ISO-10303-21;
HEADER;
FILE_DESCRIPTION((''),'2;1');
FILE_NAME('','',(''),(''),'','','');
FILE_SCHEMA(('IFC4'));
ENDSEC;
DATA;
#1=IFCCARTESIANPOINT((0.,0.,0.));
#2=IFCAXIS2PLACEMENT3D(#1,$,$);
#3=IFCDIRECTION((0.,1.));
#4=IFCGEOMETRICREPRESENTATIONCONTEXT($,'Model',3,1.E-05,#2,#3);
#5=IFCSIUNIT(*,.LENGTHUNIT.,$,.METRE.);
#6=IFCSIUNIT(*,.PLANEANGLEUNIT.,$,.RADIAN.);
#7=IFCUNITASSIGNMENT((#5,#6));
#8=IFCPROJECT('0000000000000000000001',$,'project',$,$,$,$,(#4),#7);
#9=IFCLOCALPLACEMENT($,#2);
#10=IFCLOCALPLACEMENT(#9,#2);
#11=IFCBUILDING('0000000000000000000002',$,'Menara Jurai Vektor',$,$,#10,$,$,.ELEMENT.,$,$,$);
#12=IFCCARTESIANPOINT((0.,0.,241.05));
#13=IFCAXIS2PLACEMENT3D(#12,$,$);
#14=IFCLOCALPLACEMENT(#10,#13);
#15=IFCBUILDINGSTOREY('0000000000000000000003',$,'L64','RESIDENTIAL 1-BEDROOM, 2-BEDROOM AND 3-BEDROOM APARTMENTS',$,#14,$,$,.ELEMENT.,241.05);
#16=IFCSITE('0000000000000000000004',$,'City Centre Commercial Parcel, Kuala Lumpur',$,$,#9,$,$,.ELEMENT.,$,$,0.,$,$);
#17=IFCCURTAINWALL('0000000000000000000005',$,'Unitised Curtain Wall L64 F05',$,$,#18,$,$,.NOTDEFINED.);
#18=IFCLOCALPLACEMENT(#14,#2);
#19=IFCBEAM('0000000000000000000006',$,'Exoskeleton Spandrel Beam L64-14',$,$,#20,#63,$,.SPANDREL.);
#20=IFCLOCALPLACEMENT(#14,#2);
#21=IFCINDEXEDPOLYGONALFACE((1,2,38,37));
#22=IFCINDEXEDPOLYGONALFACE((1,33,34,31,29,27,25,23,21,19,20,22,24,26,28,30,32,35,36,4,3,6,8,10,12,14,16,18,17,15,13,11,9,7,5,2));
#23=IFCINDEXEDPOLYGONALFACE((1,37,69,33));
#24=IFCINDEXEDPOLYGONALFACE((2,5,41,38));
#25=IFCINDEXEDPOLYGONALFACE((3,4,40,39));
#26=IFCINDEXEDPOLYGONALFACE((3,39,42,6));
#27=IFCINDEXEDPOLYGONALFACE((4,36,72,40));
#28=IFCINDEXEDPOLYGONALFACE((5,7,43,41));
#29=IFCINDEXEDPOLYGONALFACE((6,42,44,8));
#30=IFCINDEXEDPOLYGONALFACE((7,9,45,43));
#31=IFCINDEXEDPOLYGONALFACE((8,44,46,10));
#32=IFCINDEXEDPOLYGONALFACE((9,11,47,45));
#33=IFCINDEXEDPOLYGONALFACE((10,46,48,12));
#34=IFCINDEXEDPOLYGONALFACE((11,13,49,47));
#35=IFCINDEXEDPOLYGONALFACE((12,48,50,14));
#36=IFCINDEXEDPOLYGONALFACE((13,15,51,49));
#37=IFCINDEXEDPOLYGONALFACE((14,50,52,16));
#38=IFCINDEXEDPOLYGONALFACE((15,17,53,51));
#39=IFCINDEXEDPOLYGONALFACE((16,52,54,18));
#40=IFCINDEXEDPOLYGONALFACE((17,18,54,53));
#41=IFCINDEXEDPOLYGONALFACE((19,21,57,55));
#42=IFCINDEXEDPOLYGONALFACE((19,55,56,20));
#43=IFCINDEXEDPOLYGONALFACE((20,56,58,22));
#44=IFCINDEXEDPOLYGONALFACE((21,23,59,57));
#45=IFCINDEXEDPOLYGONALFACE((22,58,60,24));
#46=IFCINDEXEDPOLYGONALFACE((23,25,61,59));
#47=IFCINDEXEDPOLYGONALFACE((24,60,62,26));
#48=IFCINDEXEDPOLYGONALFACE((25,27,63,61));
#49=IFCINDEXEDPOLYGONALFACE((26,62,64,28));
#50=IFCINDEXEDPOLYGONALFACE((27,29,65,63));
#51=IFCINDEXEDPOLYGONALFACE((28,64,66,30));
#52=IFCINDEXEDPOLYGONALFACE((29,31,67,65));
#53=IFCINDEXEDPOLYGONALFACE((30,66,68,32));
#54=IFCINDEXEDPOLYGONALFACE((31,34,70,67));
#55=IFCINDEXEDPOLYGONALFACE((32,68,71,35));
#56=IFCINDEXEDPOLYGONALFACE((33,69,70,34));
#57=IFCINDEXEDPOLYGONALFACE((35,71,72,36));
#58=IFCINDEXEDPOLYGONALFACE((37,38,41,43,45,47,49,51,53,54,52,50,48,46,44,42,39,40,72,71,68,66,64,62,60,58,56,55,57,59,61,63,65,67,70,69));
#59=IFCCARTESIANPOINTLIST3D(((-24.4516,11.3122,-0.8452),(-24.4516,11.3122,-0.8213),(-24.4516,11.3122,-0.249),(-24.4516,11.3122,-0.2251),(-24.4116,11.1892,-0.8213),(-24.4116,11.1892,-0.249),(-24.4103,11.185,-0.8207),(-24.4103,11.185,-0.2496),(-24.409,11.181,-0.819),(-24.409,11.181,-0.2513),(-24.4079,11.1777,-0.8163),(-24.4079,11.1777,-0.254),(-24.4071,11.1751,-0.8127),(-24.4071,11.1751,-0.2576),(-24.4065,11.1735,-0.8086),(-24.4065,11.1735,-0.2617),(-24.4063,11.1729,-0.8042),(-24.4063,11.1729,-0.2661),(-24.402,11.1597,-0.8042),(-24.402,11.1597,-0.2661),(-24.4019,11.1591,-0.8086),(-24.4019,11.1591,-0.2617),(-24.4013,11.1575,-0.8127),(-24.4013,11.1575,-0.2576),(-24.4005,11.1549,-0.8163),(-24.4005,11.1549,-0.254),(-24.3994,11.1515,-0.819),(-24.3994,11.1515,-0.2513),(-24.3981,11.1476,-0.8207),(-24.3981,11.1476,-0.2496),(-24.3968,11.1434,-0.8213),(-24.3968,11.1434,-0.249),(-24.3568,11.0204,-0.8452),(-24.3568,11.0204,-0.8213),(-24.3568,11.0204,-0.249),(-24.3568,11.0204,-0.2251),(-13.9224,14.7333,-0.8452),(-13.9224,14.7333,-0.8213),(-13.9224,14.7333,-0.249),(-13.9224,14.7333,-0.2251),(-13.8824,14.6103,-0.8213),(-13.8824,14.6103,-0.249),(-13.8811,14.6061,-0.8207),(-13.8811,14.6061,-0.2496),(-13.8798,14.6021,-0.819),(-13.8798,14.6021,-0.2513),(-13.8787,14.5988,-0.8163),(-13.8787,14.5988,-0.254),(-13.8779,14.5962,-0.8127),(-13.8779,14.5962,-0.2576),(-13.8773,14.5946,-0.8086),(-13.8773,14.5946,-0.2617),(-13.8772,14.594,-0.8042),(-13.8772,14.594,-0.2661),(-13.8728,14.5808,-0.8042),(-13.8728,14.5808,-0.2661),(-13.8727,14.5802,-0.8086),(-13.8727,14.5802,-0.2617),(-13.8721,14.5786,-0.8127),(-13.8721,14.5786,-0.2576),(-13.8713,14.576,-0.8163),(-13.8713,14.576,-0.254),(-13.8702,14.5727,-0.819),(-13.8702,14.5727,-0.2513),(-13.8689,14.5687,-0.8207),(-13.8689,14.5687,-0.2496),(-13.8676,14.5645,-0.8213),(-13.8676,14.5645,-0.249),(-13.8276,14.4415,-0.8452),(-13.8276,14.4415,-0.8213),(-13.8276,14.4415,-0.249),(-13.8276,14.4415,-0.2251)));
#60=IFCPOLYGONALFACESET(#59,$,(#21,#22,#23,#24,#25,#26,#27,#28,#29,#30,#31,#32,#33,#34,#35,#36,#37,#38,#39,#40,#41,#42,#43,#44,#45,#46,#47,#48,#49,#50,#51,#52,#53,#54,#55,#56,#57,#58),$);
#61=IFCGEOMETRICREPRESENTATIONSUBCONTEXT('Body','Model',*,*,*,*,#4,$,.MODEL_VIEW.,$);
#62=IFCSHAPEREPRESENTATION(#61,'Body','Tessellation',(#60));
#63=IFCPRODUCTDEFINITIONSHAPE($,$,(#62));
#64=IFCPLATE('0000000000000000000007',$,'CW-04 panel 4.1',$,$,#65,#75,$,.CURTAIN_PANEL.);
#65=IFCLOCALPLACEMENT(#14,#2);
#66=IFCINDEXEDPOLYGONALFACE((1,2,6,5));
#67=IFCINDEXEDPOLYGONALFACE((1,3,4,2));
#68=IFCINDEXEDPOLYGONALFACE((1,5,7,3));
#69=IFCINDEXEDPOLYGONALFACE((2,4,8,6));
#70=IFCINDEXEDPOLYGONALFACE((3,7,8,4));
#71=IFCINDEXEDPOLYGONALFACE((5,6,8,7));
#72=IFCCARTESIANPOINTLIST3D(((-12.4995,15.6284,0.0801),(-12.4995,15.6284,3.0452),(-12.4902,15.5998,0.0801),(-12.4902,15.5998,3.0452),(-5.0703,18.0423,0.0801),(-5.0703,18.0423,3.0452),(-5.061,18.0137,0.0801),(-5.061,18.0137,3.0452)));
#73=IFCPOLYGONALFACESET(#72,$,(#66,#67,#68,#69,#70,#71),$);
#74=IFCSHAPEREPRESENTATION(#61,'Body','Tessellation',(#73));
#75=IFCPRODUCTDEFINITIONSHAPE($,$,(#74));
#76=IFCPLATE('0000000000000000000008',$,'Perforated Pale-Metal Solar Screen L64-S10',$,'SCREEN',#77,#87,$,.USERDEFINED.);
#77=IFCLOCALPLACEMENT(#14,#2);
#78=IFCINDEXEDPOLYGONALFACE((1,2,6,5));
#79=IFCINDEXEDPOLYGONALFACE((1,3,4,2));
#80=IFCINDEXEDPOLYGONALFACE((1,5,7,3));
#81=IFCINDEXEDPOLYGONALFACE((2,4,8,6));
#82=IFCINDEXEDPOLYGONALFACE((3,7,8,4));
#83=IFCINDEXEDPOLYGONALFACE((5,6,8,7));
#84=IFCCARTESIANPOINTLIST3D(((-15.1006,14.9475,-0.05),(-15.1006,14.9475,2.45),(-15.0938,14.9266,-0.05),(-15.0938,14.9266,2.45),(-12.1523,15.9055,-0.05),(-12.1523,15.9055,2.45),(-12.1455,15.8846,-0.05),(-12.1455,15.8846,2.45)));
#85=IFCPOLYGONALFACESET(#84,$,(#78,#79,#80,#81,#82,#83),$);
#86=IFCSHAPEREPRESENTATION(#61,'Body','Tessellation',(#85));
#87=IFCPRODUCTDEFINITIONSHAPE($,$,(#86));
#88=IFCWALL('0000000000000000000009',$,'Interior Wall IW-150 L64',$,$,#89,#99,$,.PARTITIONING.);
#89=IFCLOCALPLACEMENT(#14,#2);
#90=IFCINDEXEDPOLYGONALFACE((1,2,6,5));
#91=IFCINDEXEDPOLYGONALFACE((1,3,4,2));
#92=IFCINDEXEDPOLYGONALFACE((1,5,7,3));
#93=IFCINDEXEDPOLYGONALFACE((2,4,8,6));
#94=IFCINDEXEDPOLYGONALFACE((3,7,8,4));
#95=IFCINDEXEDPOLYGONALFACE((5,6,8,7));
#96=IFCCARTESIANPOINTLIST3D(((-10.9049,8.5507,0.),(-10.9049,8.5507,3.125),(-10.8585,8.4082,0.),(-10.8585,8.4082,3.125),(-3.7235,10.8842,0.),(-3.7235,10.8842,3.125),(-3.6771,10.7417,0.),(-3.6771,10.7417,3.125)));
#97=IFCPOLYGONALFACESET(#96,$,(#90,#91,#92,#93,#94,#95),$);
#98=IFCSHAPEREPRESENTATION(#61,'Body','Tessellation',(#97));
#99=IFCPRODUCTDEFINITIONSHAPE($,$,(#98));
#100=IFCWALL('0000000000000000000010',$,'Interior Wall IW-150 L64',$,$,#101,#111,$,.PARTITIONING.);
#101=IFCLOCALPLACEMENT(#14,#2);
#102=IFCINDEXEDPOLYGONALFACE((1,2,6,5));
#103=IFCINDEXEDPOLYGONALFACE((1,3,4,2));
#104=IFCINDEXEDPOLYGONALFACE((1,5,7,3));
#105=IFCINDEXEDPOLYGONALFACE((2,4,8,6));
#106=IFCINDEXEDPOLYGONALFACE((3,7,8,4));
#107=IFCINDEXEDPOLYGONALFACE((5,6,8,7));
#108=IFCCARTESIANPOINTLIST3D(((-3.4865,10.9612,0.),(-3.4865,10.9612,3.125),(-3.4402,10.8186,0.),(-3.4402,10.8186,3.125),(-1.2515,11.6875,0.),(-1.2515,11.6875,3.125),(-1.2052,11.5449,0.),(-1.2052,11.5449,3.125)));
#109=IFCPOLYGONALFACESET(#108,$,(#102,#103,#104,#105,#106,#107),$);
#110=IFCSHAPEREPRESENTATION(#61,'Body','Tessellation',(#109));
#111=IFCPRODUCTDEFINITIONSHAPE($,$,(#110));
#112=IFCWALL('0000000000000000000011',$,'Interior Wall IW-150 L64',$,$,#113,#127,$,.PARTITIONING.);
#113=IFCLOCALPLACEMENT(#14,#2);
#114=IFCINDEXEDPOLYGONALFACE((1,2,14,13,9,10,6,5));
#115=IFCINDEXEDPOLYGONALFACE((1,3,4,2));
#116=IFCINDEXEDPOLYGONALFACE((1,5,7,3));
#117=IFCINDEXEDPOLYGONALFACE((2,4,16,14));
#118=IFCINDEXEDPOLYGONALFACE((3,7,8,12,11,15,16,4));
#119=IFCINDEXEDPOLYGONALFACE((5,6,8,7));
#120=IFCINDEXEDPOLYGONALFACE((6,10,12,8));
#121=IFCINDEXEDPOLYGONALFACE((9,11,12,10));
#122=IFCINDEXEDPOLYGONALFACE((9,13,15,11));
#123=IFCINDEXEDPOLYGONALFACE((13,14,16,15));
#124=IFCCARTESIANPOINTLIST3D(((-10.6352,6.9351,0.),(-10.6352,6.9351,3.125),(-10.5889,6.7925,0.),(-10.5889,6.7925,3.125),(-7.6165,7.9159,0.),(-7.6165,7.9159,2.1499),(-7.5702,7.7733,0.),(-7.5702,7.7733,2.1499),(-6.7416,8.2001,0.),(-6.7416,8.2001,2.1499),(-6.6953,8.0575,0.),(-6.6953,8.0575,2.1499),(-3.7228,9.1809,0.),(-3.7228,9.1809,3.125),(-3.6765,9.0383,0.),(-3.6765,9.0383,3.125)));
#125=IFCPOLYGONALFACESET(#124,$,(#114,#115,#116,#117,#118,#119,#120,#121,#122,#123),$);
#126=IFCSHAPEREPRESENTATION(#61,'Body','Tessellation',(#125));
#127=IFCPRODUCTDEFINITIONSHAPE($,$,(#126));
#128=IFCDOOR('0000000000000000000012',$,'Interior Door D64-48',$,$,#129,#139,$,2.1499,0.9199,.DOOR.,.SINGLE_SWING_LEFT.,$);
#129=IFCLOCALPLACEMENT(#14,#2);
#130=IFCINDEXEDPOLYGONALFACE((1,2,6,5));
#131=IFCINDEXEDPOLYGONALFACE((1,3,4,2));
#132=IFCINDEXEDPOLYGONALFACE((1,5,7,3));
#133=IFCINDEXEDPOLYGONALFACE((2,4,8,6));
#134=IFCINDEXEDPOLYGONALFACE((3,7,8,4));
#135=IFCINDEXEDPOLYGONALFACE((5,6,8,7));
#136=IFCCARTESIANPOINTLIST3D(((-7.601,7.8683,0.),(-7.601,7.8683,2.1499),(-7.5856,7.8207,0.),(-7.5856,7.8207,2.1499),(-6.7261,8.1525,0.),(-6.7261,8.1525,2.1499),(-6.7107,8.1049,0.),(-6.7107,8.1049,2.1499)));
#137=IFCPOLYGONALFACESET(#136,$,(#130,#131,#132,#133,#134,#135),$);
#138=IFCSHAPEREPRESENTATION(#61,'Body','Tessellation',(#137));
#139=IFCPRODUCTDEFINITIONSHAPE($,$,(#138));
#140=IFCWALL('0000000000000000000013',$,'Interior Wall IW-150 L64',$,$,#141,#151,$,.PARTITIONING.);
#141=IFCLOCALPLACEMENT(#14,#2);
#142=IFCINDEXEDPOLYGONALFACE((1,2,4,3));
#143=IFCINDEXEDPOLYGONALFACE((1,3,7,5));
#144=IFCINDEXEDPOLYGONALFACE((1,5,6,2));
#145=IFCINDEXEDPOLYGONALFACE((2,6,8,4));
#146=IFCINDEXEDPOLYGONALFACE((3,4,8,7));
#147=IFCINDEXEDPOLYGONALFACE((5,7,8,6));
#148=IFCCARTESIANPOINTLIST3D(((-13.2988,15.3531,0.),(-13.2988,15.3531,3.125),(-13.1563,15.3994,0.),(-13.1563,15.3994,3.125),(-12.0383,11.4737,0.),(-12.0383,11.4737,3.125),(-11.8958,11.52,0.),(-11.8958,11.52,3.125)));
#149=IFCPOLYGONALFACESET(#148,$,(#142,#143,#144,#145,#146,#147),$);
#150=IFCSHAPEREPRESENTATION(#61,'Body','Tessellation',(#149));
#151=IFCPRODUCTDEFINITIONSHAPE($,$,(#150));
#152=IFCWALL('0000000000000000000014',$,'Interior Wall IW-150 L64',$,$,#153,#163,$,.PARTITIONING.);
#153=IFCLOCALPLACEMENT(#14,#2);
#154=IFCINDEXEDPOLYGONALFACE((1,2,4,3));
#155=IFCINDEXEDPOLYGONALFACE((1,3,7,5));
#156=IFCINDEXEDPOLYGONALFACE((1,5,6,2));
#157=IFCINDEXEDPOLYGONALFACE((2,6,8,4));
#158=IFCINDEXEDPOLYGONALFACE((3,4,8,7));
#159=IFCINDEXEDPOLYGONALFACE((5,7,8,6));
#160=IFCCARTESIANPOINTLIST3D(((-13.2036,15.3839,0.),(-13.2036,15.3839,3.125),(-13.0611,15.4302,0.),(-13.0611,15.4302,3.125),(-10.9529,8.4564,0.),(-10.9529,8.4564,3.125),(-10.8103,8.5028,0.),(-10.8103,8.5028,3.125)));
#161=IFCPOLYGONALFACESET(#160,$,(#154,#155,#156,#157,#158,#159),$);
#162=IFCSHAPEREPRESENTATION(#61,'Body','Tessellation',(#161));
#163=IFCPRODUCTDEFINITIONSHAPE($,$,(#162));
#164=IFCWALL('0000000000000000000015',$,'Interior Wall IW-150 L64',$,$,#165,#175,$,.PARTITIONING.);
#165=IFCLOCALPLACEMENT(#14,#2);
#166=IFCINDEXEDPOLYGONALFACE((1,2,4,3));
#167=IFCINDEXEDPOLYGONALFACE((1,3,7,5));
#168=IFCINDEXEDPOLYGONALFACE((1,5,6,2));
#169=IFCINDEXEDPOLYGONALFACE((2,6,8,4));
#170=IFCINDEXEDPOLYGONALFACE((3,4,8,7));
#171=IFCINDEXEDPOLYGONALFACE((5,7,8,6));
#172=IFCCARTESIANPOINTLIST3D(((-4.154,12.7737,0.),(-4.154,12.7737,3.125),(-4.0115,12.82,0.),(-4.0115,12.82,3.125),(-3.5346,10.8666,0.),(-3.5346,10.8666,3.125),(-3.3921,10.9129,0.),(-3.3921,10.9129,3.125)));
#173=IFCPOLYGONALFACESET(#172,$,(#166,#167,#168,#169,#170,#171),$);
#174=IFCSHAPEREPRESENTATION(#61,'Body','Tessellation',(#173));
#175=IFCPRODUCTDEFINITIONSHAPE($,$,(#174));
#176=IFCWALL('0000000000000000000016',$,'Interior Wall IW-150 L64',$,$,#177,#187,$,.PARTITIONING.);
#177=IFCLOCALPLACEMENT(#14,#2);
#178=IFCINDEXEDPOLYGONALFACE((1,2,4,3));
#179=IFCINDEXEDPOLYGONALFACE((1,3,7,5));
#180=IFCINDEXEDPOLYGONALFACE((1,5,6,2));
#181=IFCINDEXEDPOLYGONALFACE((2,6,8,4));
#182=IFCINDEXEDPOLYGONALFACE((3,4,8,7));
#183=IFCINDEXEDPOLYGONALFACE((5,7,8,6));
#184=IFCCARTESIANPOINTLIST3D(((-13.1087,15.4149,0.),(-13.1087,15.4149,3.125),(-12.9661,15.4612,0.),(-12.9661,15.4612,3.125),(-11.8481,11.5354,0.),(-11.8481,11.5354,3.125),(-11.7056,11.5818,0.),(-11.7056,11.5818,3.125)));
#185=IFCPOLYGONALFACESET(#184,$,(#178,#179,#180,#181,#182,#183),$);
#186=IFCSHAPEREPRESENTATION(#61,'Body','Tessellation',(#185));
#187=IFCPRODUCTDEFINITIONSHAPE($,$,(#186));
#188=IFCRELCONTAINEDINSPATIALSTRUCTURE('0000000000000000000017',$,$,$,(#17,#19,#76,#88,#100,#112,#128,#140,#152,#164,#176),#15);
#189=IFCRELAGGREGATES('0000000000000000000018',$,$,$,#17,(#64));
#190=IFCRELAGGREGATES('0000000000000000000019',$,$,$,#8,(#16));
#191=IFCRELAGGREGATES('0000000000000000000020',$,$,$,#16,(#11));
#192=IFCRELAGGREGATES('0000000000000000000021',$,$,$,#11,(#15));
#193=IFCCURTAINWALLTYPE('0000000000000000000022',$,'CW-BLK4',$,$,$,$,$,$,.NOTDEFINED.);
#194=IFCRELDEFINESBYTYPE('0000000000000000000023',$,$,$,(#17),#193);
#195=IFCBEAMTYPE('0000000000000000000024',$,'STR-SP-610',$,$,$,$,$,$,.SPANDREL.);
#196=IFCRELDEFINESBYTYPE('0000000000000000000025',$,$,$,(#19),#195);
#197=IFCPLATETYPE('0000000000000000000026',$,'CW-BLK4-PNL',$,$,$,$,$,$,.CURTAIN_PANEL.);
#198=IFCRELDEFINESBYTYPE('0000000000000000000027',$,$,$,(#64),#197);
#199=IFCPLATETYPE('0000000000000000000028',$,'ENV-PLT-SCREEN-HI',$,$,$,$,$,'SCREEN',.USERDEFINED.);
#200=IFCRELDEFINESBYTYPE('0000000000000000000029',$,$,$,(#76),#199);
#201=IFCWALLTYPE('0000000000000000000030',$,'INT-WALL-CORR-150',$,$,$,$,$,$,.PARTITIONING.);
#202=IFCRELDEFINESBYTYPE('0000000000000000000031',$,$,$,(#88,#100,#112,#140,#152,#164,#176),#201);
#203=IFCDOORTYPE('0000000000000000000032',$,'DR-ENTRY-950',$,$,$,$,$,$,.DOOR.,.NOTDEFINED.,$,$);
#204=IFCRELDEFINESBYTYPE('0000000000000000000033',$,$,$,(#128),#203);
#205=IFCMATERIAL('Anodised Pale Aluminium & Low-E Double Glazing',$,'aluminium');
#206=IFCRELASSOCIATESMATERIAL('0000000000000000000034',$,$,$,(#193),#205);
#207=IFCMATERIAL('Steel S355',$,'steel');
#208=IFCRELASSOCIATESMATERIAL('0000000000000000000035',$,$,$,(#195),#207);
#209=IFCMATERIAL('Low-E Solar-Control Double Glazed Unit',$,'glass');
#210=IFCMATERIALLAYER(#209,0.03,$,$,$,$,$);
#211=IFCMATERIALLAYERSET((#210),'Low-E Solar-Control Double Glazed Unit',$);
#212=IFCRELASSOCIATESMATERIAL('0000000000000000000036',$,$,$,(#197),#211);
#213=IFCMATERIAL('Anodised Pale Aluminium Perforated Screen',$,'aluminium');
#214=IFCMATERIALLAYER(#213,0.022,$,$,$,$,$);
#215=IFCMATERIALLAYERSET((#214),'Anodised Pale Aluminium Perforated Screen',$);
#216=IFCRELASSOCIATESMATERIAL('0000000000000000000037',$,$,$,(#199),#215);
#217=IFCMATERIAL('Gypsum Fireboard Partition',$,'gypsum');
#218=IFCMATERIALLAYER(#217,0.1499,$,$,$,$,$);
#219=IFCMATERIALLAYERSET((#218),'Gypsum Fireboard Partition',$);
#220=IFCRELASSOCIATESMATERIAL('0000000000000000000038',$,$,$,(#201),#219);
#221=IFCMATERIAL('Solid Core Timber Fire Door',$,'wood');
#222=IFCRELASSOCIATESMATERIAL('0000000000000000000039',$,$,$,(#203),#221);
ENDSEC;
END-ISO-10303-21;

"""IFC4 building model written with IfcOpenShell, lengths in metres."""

from ifc_helpers import new_model, si_unit, direction, frame, frame_2d, origin, origin_2d, place, context, subcontext, project, spatial, rectangle, i_section, extrude, material, layer, layer_set, material_profile, profile_set, type_object, element, fill, aggregate, save


model = new_model("IFC4")

# Units and contexts
model_context = context("Model", 3, precision=1e-05, world=origin(), true_north=direction((0.0, 1.0)))
body_context = subcontext(model_context, "Body", "Model", "MODEL_VIEW")
ifc_project = project(units=[si_unit("LENGTHUNIT", "METRE"), si_unit("PLANEANGLEUNIT", "RADIAN")], contexts=[model_context])

# Site, building, storey
site_placement = place(None, origin())
site = spatial("IfcSite", under=ifc_project, at=site_placement, Name="City Centre Commercial Parcel, Kuala Lumpur", CompositionType="ELEMENT", RefElevation=0.0)
building_placement = place(site_placement, origin())
building = spatial("IfcBuilding", under=site, at=building_placement, Name="Menara Jurai Vektor", CompositionType="ELEMENT")
storey_placement = place(building_placement, frame((0.0, 0.0, 241.05)))
storey = spatial("IfcBuildingStorey", under=building, at=storey_placement, Name="L64", Description="RESIDENTIAL 1-BEDROOM, 2-BEDROOM AND 3-BEDROOM APARTMENTS", CompositionType="ELEMENT", Elevation=241.05)

# Curtain wall
ifc_material_1 = material(Name="Anodised Pale Aluminium & Low-E Double Glazing", Category="aluminium")
curtain_wall_type = type_object("IfcCurtainWallType", Name="CW-BLK4", PredefinedType="NOTDEFINED", material=ifc_material_1)
curtain_wall_placement = place(storey_placement, origin())
curtain_wall = element("IfcCurtainWall", 1, at=curtain_wall_placement, inside=storey, type_object=curtain_wall_type, Name="Unitised Curtain Wall L64 F05", PredefinedType="NOTDEFINED")

# Beam
ifc_material_2 = material(Name="Steel S355", Category="steel")
ifc_material_profile_1 = material_profile(ifc_material_2, i_section(OverallWidth=0.3069, OverallDepth=0.6201, WebThickness=0.0139, FlangeThickness=0.0239, FilletRadius=0.0171, at=origin_2d()), Name="UKB 610x305x179")
ifc_profile_set_1 = profile_set([ifc_material_profile_1], Name="Steel S355")
beam_type_1 = type_object("IfcBeamType", Name="STR-SP-610", PredefinedType="SPANDREL", material=ifc_profile_set_1)
for number, where, z_axis, x_axis, name in (
    (2, (-13.875, 14.5874, -0.5352), (-0.951057, -0.309014, 0.0), (0.309014, -0.951057, 0.0), "Exoskeleton Spandrel Beam L64-14"),
):
    element("IfcBeam", number, at=place(storey_placement, frame(where, z_axis=z_axis, x_axis=x_axis)), inside=storey, type_object=beam_type_1, Name=name, PredefinedType="SPANDREL", context=body_context, shape_type="SweptSolid", body=[
        extrude(i_section(OverallWidth=0.3069, OverallDepth=0.6201, WebThickness=0.0139, FlangeThickness=0.0239, FilletRadius=0.0171, at=origin_2d()), origin(), (0.0, 0.0, 1.0), 11.071),
    ])

# Plates
ifc_material_3 = material(Name="Low-E Solar-Control Double Glazed Unit", Category="glass")
ifc_layer_1 = layer(ifc_material_3, 0.03)
ifc_layer_set_1 = layer_set([ifc_layer_1], Name="Low-E Solar-Control Double Glazed Unit")
plate_type_1 = type_object("IfcPlateType", Name="CW-BLK4-PNL", PredefinedType="CURTAIN_PANEL", material=ifc_layer_set_1)
plate_1_placement = place(storey_placement, frame((-8.7803, 16.821, 0.0801), z_axis=(0.0, 0.0, 1.0), x_axis=(-0.951056, -0.309017, 0.0)))
plate_1 = element("IfcPlate", 3, at=plate_1_placement, type_object=plate_type_1, Name="CW-04 panel 4.1", PredefinedType="CURTAIN_PANEL", context=body_context, shape_type="SweptSolid", body=[
    extrude(rectangle(XDim=7.8115, YDim=0.03, at=origin_2d()), origin(), (0.0, 0.0, 1.0), 2.9651),
])
aggregate(curtain_wall, [plate_1])
ifc_material_4 = material(Name="Anodised Pale Aluminium Perforated Screen", Category="aluminium")
ifc_layer_2 = layer(ifc_material_4, 0.022)
ifc_layer_set_2 = layer_set([ifc_layer_2], Name="Anodised Pale Aluminium Perforated Screen")
plate_type_2 = type_object("IfcPlateType", Name="ENV-PLT-SCREEN-HI", ElementType="SCREEN", PredefinedType="USERDEFINED", material=ifc_layer_set_2)
plate_2_placement = place(storey_placement, frame((-13.623, 15.416, -0.05), z_axis=(0.0, 0.0, 1.0), x_axis=(-0.951057, -0.309017, 0.0)))
element("IfcPlate", 4, at=plate_2_placement, inside=storey, type_object=plate_type_2, Name="Perforated Pale-Metal Solar Screen L64-S10", ObjectType="SCREEN", PredefinedType="USERDEFINED", context=body_context, shape_type="SweptSolid", body=[
    extrude(rectangle(XDim=3.1001, YDim=0.022, at=origin_2d()), origin(), (0.0, 0.0, 1.0), 2.5),
])

# Walls
ifc_material_5 = material(Name="Gypsum Fireboard Partition", Category="gypsum")
ifc_layer_3 = layer(ifc_material_5, 0.1499)
ifc_layer_set_3 = layer_set([ifc_layer_3], Name="Gypsum Fireboard Partition")
wall_type_1 = type_object("IfcWallType", Name="INT-WALL-CORR-150", PredefinedType="PARTITIONING", material=ifc_layer_set_3)
wall_1_placement = place(storey_placement, frame((-10.8816, 8.4795, 0.0), z_axis=(0.0, 0.0, 1.0), x_axis=(0.951052, 0.309031, 0.0)))
element("IfcWall", 5, at=wall_1_placement, inside=storey, type_object=wall_type_1, Name="Interior Wall IW-150 L64", PredefinedType="PARTITIONING", context=body_context, shape_type="SweptSolid", body=[
    extrude(rectangle(XDim=7.551, YDim=0.1499, at=frame_2d((3.7754, 0.0))), origin(), (0.0, 0.0, 1.0), 3.125),
])
wall_2_placement = place(storey_placement, frame((-3.4634, 10.8899, 0.0), z_axis=(0.0, 0.0, 1.0), x_axis=(0.951046, 0.309051, 0.0)))
element("IfcWall", 6, at=wall_2_placement, inside=storey, type_object=wall_type_1, Name="Interior Wall IW-150 L64", PredefinedType="PARTITIONING", context=body_context, shape_type="SweptSolid", body=[
    extrude(rectangle(XDim=2.3501, YDim=0.1499, at=frame_2d((1.175, 0.0))), origin(), (0.0, 0.0, 1.0), 3.125),
])

# Wall, opening, door
wall_3_placement = place(storey_placement, frame((-10.6121, 6.8638, 0.0), z_axis=(0.0, 0.0, 1.0), x_axis=(0.951061, 0.309003, 0.0)))
wall_3 = element("IfcWall", 7, at=wall_3_placement, inside=storey, type_object=wall_type_1, Name="Interior Wall IW-150 L64", PredefinedType="PARTITIONING", context=body_context, shape_type="SweptSolid", body=[
    extrude(rectangle(XDim=7.2681, YDim=0.1499, at=frame_2d((3.634, 0.0))), origin(), (0.0, 0.0, 1.0), 3.125),
])
opening_1_placement = place(wall_3_placement, frame((3.1741, 0.0, 0.0)))
opening_1 = element("IfcOpeningElement", 8, at=opening_1_placement, cuts=wall_3, PredefinedType="OPENING", context=body_context, shape_type="SweptSolid", body=[
    extrude(rectangle(XDim=0.9199, YDim=2.1499, at=frame_2d((0.46, 1.075))), frame((0.0, 0.085, 0.0), z_axis=(0.0, -1.0, 0.0), x_axis=(1.0, 0.0, 0.0)), (0.0, 0.0, 1.0), 0.1699),
])
ifc_material_6 = material(Name="Solid Core Timber Fire Door", Category="wood")
door_type_1 = type_object("IfcDoorType", Name="DR-ENTRY-950", OperationType="NOTDEFINED", PredefinedType="DOOR", material=ifc_material_6)
door_1_placement = place(opening_1_placement, origin())
door_1 = element("IfcDoor", 9, at=door_1_placement, inside=storey, type_object=door_type_1, Name="Interior Door D64-48", OperationType="SINGLE_SWING_LEFT", OverallHeight=2.1499, OverallWidth=0.9199, PredefinedType="DOOR", context=body_context, shape_type="SweptSolid", body=[
    extrude(rectangle(XDim=0.9199, YDim=2.1499, at=frame_2d((0.46, 1.075))), frame((0.0, 0.0249, 0.0), z_axis=(0.0, -1.0, 0.0), x_axis=(1.0, 0.0, 0.0)), (0.0, 0.0, 1.0), 0.05),
])
fill(opening_1, door_1)

# Walls
wall_4_placement = place(storey_placement, frame((-11.967, 11.4968, 0.0), z_axis=(0.0, 0.0, 1.0), x_axis=(-0.309018, 0.951056, 0.0)))
element("IfcWall", 10, at=wall_4_placement, inside=storey, type_object=wall_type_1, Name="Interior Wall IW-150 L64", PredefinedType="PARTITIONING", context=body_context, shape_type="SweptSolid", body=[
    extrude(rectangle(XDim=4.0791, YDim=0.1499, at=frame_2d((2.0396, 0.0))), origin(), (0.0, 0.0, 1.0), 3.125),
])
wall_5_placement = place(storey_placement, frame((-10.8816, 8.4795, 0.0), z_axis=(0.0, 0.0, 1.0), x_axis=(-0.308999, 0.951062, 0.0)))
element("IfcWall", 11, at=wall_5_placement, inside=storey, type_object=wall_type_1, Name="Interior Wall IW-150 L64", PredefinedType="PARTITIONING", context=body_context, shape_type="SweptSolid", body=[
    extrude(rectangle(XDim=7.2839, YDim=0.1499, at=frame_2d((3.6421, 0.0))), origin(), (0.0, 0.0, 1.0), 3.125),
])
wall_6_placement = place(storey_placement, frame((-3.4634, 10.8899, 0.0), z_axis=(0.0, 0.0, 1.0), x_axis=(-0.308913, 0.95109, 0.0)))
element("IfcWall", 12, at=wall_6_placement, inside=storey, type_object=wall_type_1, Name="Interior Wall IW-150 L64", PredefinedType="PARTITIONING", context=body_context, shape_type="SweptSolid", body=[
    extrude(rectangle(XDim=2.0051, YDim=0.1499, at=frame_2d((1.0024, 0.0))), origin(), (0.0, 0.0, 1.0), 3.125),
])

# Wall
wall_7_placement = place(storey_placement, frame((-11.7769, 11.5586, 0.0), z_axis=(0.0, 0.0, 1.0), x_axis=(-0.309018, 0.951056, 0.0)))
element("IfcWall", 13, at=wall_7_placement, inside=storey, type_object=wall_type_1, Name="Interior Wall IW-150 L64", PredefinedType="PARTITIONING", context=body_context, shape_type="SweptSolid", body=[
    extrude(rectangle(XDim=4.0791, YDim=0.1499, at=frame_2d((2.0396, 0.0))), origin(), (0.0, 0.0, 1.0), 3.125),
])

save(model, "model.ifc")
